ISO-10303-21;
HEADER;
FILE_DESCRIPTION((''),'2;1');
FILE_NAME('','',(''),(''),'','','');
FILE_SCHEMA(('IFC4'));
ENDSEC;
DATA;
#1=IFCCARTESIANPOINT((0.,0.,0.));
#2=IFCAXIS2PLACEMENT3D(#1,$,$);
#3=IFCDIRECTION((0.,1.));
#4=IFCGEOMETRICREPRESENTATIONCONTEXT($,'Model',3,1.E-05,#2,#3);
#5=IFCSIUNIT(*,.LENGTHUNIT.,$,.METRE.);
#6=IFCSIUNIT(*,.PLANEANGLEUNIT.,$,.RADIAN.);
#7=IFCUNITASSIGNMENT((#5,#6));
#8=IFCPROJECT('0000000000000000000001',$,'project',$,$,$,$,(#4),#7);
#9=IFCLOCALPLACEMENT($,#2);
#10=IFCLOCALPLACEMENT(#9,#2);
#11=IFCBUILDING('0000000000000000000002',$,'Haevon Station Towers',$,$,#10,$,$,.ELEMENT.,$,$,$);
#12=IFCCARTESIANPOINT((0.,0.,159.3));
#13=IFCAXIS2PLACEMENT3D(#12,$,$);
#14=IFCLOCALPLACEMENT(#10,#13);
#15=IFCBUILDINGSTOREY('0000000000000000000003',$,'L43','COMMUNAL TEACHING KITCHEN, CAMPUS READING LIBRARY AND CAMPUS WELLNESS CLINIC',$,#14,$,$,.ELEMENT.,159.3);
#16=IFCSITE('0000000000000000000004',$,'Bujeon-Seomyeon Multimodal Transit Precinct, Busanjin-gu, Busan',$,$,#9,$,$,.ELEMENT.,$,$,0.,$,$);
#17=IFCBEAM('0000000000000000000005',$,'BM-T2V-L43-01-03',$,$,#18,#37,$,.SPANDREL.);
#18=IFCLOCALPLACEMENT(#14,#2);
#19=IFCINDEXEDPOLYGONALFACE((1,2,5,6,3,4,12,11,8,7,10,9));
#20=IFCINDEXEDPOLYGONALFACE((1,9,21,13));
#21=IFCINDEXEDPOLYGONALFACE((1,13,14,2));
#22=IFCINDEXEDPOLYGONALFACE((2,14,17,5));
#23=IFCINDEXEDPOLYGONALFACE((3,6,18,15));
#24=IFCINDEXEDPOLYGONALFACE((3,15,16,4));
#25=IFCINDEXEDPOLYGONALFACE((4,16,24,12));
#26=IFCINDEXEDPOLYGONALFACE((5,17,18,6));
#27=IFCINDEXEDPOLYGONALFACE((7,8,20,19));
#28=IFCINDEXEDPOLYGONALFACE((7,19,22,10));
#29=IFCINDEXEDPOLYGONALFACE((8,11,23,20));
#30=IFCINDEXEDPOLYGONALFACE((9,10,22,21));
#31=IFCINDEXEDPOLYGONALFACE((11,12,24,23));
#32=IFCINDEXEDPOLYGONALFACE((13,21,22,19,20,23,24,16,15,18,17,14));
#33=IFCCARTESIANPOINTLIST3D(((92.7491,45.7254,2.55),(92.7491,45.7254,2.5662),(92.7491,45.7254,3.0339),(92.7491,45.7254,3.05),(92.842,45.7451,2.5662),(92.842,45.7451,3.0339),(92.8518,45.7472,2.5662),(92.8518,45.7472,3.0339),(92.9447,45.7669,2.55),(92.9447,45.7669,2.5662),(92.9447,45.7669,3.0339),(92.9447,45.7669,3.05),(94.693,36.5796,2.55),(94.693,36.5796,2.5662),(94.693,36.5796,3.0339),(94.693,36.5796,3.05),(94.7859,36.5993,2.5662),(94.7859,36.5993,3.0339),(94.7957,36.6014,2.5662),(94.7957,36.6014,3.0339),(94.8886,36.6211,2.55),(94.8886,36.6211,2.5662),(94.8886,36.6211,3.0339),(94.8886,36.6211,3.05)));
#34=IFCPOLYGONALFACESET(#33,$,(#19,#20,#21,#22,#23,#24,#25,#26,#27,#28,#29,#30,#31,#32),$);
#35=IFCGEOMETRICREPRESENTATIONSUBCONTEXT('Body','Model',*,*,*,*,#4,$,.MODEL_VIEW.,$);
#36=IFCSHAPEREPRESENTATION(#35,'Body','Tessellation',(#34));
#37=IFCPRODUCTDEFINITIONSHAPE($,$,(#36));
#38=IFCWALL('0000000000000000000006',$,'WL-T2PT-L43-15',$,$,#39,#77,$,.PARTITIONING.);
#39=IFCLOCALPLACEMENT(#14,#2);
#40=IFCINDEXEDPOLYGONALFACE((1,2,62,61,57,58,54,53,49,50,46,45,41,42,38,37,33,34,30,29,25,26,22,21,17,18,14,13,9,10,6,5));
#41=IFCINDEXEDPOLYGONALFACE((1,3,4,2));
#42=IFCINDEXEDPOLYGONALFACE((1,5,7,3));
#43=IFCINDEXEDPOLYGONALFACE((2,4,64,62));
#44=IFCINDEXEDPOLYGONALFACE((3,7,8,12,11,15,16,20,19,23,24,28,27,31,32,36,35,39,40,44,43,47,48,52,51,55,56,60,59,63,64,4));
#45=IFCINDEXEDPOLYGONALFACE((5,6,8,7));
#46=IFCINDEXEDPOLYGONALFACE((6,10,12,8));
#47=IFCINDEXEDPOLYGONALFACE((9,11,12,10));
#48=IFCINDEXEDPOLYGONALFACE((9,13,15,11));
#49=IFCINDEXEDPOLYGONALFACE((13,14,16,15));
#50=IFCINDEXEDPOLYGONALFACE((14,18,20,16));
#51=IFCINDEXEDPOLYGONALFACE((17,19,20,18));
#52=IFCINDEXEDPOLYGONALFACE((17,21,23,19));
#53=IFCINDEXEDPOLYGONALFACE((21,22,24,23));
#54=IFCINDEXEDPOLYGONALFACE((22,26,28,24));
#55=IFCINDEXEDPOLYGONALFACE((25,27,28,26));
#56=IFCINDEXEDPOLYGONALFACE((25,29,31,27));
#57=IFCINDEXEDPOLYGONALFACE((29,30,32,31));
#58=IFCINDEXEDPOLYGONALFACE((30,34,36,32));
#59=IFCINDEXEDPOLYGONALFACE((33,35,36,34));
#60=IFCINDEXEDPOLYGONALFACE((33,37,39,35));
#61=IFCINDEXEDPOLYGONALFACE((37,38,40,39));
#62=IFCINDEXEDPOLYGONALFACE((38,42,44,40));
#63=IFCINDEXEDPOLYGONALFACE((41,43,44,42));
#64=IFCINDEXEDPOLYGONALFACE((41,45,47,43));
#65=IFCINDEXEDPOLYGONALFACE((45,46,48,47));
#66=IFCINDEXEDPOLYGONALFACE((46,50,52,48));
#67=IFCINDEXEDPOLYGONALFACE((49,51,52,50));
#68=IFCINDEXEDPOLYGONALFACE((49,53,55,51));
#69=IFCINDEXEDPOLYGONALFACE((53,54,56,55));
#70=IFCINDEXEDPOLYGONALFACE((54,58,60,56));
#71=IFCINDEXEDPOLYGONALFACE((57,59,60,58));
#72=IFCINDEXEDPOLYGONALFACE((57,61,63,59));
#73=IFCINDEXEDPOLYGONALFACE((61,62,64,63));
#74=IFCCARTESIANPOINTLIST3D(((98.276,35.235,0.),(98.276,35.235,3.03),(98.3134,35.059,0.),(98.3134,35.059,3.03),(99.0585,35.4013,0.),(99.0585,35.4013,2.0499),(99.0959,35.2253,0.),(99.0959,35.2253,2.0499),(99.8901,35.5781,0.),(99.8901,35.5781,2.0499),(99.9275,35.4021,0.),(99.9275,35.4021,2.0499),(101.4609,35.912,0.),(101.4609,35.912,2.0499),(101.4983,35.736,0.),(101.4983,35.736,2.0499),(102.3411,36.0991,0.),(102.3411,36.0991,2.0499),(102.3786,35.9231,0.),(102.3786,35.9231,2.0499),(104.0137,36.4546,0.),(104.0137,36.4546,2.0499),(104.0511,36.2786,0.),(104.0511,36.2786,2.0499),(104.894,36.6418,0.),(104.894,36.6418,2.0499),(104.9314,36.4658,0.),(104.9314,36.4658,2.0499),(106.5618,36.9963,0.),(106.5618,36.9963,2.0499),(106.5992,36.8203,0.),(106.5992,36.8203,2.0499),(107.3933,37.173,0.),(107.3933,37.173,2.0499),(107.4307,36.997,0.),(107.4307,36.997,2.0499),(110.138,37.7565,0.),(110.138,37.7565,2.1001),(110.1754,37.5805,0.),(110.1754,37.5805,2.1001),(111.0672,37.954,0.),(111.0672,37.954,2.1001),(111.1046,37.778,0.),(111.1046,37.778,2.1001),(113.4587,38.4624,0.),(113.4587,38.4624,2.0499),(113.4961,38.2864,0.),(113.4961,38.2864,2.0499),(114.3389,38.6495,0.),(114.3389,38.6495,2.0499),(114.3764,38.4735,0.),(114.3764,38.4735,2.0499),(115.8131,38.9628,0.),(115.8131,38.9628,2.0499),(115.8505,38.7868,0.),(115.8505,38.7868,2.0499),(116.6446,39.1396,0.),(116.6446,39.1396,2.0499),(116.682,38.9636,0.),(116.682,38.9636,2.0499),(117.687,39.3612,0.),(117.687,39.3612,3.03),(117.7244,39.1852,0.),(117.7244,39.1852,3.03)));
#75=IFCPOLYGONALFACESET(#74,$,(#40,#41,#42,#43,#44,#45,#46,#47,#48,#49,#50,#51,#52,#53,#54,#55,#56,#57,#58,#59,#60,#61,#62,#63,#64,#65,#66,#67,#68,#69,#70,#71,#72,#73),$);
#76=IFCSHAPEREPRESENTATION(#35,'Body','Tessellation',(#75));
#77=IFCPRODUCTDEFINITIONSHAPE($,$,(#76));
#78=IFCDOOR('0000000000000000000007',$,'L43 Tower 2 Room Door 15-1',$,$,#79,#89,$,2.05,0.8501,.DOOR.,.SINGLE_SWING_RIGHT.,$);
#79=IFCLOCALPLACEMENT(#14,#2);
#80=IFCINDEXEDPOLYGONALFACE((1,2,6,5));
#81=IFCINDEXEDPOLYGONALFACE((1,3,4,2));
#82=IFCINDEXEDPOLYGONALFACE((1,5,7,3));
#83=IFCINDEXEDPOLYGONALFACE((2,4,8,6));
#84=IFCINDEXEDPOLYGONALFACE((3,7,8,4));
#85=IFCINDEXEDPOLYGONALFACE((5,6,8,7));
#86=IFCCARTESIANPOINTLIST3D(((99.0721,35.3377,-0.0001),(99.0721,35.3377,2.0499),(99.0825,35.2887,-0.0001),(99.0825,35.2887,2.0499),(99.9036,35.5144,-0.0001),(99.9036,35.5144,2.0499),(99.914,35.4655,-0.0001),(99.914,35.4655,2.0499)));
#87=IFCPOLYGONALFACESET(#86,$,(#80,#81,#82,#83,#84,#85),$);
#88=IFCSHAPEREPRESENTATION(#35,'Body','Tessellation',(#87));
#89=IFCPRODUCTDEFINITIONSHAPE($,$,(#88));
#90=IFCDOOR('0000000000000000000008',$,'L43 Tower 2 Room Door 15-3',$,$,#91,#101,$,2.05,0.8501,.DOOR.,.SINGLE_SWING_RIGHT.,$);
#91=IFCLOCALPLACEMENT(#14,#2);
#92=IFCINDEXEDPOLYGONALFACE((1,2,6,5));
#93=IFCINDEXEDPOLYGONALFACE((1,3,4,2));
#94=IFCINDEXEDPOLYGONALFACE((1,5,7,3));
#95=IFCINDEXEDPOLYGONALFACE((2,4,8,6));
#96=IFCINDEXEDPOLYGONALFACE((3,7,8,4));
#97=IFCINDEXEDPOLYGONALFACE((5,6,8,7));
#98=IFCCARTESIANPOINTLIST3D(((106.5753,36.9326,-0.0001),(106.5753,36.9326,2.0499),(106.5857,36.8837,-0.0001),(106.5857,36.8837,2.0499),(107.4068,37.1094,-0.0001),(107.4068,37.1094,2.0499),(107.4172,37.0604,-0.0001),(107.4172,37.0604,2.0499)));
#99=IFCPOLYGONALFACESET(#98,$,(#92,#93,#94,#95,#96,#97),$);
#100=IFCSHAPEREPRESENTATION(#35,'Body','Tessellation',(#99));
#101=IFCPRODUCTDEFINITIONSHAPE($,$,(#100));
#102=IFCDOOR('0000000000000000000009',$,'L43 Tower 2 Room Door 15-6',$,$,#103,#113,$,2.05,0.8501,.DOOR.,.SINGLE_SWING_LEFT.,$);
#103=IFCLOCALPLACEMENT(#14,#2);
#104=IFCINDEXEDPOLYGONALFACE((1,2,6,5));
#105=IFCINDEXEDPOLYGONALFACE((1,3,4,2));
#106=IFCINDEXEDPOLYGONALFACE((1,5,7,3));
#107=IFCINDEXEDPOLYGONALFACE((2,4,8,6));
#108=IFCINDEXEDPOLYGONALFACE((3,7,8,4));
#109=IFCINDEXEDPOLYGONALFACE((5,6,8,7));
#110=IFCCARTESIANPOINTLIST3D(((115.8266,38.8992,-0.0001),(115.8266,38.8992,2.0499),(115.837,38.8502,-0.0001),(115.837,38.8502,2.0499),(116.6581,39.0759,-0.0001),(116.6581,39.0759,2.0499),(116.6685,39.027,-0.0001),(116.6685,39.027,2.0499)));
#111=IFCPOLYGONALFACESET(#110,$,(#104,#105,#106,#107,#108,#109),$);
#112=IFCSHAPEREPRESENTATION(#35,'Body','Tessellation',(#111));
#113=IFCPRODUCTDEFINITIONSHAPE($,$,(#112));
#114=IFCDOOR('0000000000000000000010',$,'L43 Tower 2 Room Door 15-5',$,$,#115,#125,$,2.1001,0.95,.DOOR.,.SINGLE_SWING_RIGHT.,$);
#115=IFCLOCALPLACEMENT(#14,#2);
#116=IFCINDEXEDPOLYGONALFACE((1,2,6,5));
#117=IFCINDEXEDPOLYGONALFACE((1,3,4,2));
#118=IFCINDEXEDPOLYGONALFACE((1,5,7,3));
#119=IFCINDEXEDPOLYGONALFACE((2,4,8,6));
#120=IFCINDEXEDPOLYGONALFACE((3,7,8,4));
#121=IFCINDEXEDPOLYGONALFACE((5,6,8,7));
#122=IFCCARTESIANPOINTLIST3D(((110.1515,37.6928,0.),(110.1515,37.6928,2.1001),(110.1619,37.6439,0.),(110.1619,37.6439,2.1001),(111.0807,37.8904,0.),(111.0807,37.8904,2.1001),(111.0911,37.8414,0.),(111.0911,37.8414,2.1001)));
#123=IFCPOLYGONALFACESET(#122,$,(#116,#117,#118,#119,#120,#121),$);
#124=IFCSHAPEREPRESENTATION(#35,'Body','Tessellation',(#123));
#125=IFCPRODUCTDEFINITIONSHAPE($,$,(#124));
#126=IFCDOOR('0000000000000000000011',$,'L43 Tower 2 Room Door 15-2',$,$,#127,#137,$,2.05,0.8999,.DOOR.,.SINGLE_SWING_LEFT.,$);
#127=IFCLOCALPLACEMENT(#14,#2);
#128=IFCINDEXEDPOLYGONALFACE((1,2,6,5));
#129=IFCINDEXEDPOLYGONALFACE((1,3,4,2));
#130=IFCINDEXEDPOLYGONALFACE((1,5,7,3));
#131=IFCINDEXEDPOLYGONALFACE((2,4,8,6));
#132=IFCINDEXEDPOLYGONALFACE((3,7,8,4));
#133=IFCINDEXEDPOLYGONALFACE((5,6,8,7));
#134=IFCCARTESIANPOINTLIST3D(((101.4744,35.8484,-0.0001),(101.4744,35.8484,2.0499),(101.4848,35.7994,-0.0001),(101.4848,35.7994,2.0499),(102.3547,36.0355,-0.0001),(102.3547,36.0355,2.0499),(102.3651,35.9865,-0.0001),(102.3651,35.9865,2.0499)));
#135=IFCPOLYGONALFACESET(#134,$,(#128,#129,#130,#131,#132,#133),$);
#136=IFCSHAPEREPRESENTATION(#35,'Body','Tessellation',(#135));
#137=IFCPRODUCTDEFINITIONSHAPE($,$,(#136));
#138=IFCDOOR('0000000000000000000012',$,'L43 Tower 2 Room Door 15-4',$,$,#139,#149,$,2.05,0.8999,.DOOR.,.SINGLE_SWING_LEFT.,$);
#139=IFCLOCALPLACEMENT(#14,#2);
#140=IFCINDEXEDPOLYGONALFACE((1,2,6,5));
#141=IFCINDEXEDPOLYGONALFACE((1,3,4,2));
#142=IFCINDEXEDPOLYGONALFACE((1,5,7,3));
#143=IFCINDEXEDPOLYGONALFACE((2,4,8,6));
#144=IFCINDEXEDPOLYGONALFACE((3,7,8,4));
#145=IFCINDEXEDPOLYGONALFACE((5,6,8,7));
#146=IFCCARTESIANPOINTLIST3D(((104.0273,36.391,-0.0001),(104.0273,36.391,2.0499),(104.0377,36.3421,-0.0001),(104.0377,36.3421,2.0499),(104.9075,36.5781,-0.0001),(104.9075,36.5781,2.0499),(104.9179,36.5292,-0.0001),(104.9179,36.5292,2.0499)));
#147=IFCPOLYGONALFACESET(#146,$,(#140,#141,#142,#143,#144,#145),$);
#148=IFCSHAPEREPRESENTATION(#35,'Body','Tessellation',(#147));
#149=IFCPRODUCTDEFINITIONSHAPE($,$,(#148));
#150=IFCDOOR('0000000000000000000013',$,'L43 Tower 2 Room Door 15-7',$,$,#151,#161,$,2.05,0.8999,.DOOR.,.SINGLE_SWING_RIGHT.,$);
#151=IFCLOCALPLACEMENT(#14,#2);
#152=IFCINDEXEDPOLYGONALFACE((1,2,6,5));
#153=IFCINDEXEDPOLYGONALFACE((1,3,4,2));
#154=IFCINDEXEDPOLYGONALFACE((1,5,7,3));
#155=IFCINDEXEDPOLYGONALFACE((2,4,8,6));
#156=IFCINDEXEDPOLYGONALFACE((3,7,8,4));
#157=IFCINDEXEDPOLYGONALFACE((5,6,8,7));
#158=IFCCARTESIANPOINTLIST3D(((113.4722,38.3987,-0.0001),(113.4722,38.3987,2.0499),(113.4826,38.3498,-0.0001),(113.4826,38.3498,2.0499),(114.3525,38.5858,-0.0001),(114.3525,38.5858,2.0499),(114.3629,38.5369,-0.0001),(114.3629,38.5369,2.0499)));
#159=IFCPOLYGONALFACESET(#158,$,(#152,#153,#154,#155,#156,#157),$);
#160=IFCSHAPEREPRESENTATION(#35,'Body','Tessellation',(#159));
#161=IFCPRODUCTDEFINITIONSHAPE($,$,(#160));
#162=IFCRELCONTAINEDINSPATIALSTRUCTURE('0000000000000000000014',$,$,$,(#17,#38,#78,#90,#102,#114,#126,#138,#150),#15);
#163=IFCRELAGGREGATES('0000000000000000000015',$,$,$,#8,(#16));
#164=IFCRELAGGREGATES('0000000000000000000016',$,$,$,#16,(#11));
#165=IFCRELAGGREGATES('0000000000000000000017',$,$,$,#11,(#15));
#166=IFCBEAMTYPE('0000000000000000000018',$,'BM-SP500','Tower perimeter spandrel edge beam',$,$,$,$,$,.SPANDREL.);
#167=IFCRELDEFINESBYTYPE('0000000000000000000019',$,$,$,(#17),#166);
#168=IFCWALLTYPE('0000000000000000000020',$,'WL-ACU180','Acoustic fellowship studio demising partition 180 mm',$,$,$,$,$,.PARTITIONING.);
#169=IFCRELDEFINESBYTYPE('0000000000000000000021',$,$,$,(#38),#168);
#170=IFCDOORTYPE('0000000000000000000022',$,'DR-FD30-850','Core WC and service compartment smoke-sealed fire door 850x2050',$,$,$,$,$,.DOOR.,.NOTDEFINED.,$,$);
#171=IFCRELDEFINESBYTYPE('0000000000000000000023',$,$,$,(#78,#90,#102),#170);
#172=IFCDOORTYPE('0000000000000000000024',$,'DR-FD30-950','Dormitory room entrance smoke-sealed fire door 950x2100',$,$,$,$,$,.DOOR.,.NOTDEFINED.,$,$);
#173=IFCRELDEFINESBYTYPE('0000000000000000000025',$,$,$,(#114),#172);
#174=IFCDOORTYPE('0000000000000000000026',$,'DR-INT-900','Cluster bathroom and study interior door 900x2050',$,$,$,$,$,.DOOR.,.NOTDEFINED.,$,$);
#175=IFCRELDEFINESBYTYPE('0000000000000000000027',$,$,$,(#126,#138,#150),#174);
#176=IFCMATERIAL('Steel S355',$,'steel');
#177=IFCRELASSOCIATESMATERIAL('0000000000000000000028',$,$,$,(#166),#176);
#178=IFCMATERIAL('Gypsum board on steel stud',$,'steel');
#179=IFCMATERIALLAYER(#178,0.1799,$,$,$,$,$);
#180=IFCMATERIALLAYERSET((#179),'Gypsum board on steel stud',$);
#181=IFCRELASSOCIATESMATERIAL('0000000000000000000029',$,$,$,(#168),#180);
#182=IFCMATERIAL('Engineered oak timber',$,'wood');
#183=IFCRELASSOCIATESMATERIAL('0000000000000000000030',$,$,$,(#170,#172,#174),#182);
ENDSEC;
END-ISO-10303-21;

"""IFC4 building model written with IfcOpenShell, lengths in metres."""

from ifc_helpers import new_model, si_unit, direction, frame, frame_2d, origin, origin_2d, place, context, subcontext, project, spatial, rectangle, i_section, extrude, material, layer, layer_set, material_profile, profile_set, type_object, element, fill, save


model = new_model("IFC4")

# Units and contexts
model_context = context("Model", 3, precision=1e-05, world=origin(), true_north=direction((0.0, 1.0)))
body_context = subcontext(model_context, "Body", "Model", "MODEL_VIEW")
ifc_project = project(units=[si_unit("LENGTHUNIT", "METRE"), si_unit("PLANEANGLEUNIT", "RADIAN")], contexts=[model_context])

# Site, building, storey
site_placement = place(None, origin())
site = spatial("IfcSite", under=ifc_project, at=site_placement, Name="Bujeon-Seomyeon Multimodal Transit Precinct, Busanjin-gu, Busan", CompositionType="ELEMENT", RefElevation=0.0)
building_placement = place(site_placement, origin())
building = spatial("IfcBuilding", under=site, at=building_placement, Name="Haevon Station Towers", CompositionType="ELEMENT")
storey_placement = place(building_placement, frame((0.0, 0.0, 159.3)))
storey = spatial("IfcBuildingStorey", under=building, at=storey_placement, Name="L43", Description="COMMUNAL TEACHING KITCHEN, CAMPUS READING LIBRARY AND CAMPUS WELLNESS CLINIC", CompositionType="ELEMENT", Elevation=159.3)

# Shared definitions
ifc_material_1 = material(Name="Steel S355", Category="steel")

# Beam
ifc_material_profile_1 = material_profile(ifc_material_1, i_section(OverallWidth=0.2, OverallDepth=0.5, WebThickness=0.01, FlangeThickness=0.0161, at=origin_2d()), Name="H-500x200x10x16")
ifc_profile_set_1 = profile_set([ifc_material_profile_1], Name="Steel S355")
beam_type_1 = type_object("IfcBeamType", Name="BM-SP500", Description="Tower perimeter spandrel edge beam", PredefinedType="SPANDREL", material=ifc_profile_set_1)
beam_1_placement = place(storey_placement, frame((94.7908, 36.6003, 2.8), z_axis=(-0.207897, 0.978151, 0.0), x_axis=(-0.978151, -0.207897, 0.0)))
element("IfcBeam", 1, at=beam_1_placement, inside=storey, type_object=beam_type_1, Name="BM-T2V-L43-01-03", PredefinedType="SPANDREL", context=body_context, shape_type="SweptSolid", body=[
    extrude(i_section(OverallWidth=0.2, OverallDepth=0.5, WebThickness=0.01, FlangeThickness=0.0161, at=origin_2d()), origin(), (0.0, 0.0, 1.0), 9.3501),
])

# Wall, openings, doors
ifc_material_2 = material(Name="Gypsum board on steel stud", Category="steel")
ifc_layer_1 = layer(ifc_material_2, 0.1799)
ifc_layer_set_1 = layer_set([ifc_layer_1], Name="Gypsum board on steel stud")
wall_type_1 = type_object("IfcWallType", Name="WL-ACU180", Description="Acoustic fellowship studio demising partition 180 mm", PredefinedType="PARTITIONING", material=ifc_layer_set_1)
wall_1_placement = place(storey_placement, frame((98.2947, 35.147, 0.0), z_axis=(0.0, 0.0, 1.0), x_axis=(0.978145, 0.207924, 0.0)))
wall_1 = element("IfcWall", 2, at=wall_1_placement, inside=storey, type_object=wall_type_1, Name="WL-T2PT-L43-15", PredefinedType="PARTITIONING", context=body_context, shape_type="SweptSolid", body=[
    extrude(rectangle(XDim=19.8447, YDim=0.1799, at=frame_2d((9.9224, 0.0))), origin(), (0.0, 0.0, 1.0), 3.03),
])
opening_1_placement = place(wall_1_placement, frame((0.8, 0.0, 0.0)))
opening_1 = element("IfcOpeningElement", 3, at=opening_1_placement, cuts=wall_1, PredefinedType="OPENING", context=body_context, shape_type="SweptSolid", body=[
    extrude(rectangle(XDim=0.8501, YDim=2.05, at=frame_2d((0.425, 1.0249))), frame((0.0, 0.0999, 0.0), z_axis=(0.0, -1.0, 0.0), x_axis=(1.0, 0.0, 0.0)), (0.0, 0.0, 1.0), 0.2),
])
opening_2_placement = place(wall_1_placement, frame((3.2561, 0.0, 0.0)))
opening_2 = element("IfcOpeningElement", 4, at=opening_2_placement, cuts=wall_1, PredefinedType="OPENING", context=body_context, shape_type="SweptSolid", body=[
    extrude(rectangle(XDim=0.8999, YDim=2.05, at=frame_2d((0.45, 1.0249))), frame((0.0, 0.0999, 0.0), z_axis=(0.0, -1.0, 0.0), x_axis=(1.0, 0.0, 0.0)), (0.0, 0.0, 1.0), 0.2),
])
opening_3_placement = place(wall_1_placement, frame((8.4709, 0.0, 0.0)))
opening_3 = element("IfcOpeningElement", 5, at=opening_3_placement, cuts=wall_1, PredefinedType="OPENING", context=body_context, shape_type="SweptSolid", body=[
    extrude(rectangle(XDim=0.8501, YDim=2.05, at=frame_2d((0.425, 1.0249))), frame((0.0, 0.0999, 0.0), z_axis=(0.0, -1.0, 0.0), x_axis=(1.0, 0.0, 0.0)), (0.0, 0.0, 1.0), 0.2),
])
opening_4_placement = place(wall_1_placement, frame((5.866, 0.0, 0.0)))
opening_4 = element("IfcOpeningElement", 6, at=opening_4_placement, cuts=wall_1, PredefinedType="OPENING", context=body_context, shape_type="SweptSolid", body=[
    extrude(rectangle(XDim=0.8999, YDim=2.05, at=frame_2d((0.45, 1.0249))), frame((0.0, 0.0999, 0.0), z_axis=(0.0, -1.0, 0.0), x_axis=(1.0, 0.0, 0.0)), (0.0, 0.0, 1.0), 0.2),
])
opening_5_placement = place(wall_1_placement, frame((12.127, 0.0, 0.0)))
opening_5 = element("IfcOpeningElement", 7, at=opening_5_placement, cuts=wall_1, PredefinedType="OPENING", context=body_context, shape_type="SweptSolid", body=[
    extrude(rectangle(XDim=0.95, YDim=2.1001, at=frame_2d((0.4751, 1.05))), frame((0.0, 0.0999, 0.0), z_axis=(0.0, -1.0, 0.0), x_axis=(1.0, 0.0, 0.0)), (0.0, 0.0, 1.0), 0.2),
])
opening_6_placement = place(wall_1_placement, frame((17.929, 0.0, 0.0)))
opening_6 = element("IfcOpeningElement", 8, at=opening_6_placement, cuts=wall_1, PredefinedType="OPENING", context=body_context, shape_type="SweptSolid", body=[
    extrude(rectangle(XDim=0.8501, YDim=2.05, at=frame_2d((0.425, 1.0249))), frame((0.0, 0.0999, 0.0), z_axis=(0.0, -1.0, 0.0), x_axis=(1.0, 0.0, 0.0)), (0.0, 0.0, 1.0), 0.2),
])
opening_7_placement = place(wall_1_placement, frame((15.522, 0.0, 0.0)))
opening_7 = element("IfcOpeningElement", 9, at=opening_7_placement, cuts=wall_1, PredefinedType="OPENING", context=body_context, shape_type="SweptSolid", body=[
    extrude(rectangle(XDim=0.8999, YDim=2.05, at=frame_2d((0.45, 1.0249))), frame((0.0, 0.0999, 0.0), z_axis=(0.0, -1.0, 0.0), x_axis=(1.0, 0.0, 0.0)), (0.0, 0.0, 1.0), 0.2),
])
ifc_material_3 = material(Name="Engineered oak timber", Category="wood")
door_type_1 = type_object("IfcDoorType", Name="DR-FD30-850", Description="Core WC and service compartment smoke-sealed fire door 850x2050", OperationType="NOTDEFINED", PredefinedType="DOOR", material=ifc_material_3)
door_1_placement = place(opening_1_placement, origin())
door_1 = element("IfcDoor", 10, at=door_1_placement, inside=storey, type_object=door_type_1, Name="L43 Tower 2 Room Door 15-1", OperationType="SINGLE_SWING_RIGHT", OverallHeight=2.05, OverallWidth=0.8501, PredefinedType="DOOR", context=body_context, shape_type="SweptSolid", body=[
    extrude(rectangle(XDim=0.8501, YDim=2.05, at=frame_2d((0.425, 1.0249))), frame((0.0, 0.0249, 0.0), z_axis=(0.0, -1.0, 0.0), x_axis=(1.0, 0.0, 0.0)), (0.0, 0.0, 1.0), 0.05),
])
fill(opening_1, door_1)
door_2_placement = place(opening_3_placement, origin())
door_2 = element("IfcDoor", 11, at=door_2_placement, inside=storey, type_object=door_type_1, Name="L43 Tower 2 Room Door 15-3", OperationType="SINGLE_SWING_RIGHT", OverallHeight=2.05, OverallWidth=0.8501, PredefinedType="DOOR", context=body_context, shape_type="SweptSolid", body=[
    extrude(rectangle(XDim=0.8501, YDim=2.05, at=frame_2d((0.425, 1.0249))), frame((0.0, 0.0249, 0.0), z_axis=(0.0, -1.0, 0.0), x_axis=(1.0, 0.0, 0.0)), (0.0, 0.0, 1.0), 0.05),
])
fill(opening_3, door_2)
door_3_placement = place(opening_6_placement, origin())
door_3 = element("IfcDoor", 12, at=door_3_placement, inside=storey, type_object=door_type_1, Name="L43 Tower 2 Room Door 15-6", OperationType="SINGLE_SWING_LEFT", OverallHeight=2.05, OverallWidth=0.8501, PredefinedType="DOOR", context=body_context, shape_type="SweptSolid", body=[
    extrude(rectangle(XDim=0.8501, YDim=2.05, at=frame_2d((0.425, 1.0249))), frame((0.0, 0.0249, 0.0), z_axis=(0.0, -1.0, 0.0), x_axis=(1.0, 0.0, 0.0)), (0.0, 0.0, 1.0), 0.05),
])
fill(opening_6, door_3)
door_type_2 = type_object("IfcDoorType", Name="DR-FD30-950", Description="Dormitory room entrance smoke-sealed fire door 950x2100", OperationType="NOTDEFINED", PredefinedType="DOOR", material=ifc_material_3)
door_4_placement = place(opening_5_placement, origin())
door_4 = element("IfcDoor", 13, at=door_4_placement, inside=storey, type_object=door_type_2, Name="L43 Tower 2 Room Door 15-5", OperationType="SINGLE_SWING_RIGHT", OverallHeight=2.1001, OverallWidth=0.95, PredefinedType="DOOR", context=body_context, shape_type="SweptSolid", body=[
    extrude(rectangle(XDim=0.95, YDim=2.1001, at=frame_2d((0.4751, 1.05))), frame((0.0, 0.0249, 0.0), z_axis=(0.0, -1.0, 0.0), x_axis=(1.0, 0.0, 0.0)), (0.0, 0.0, 1.0), 0.05),
])
fill(opening_5, door_4)
door_type_3 = type_object("IfcDoorType", Name="DR-INT-900", Description="Cluster bathroom and study interior door 900x2050", OperationType="NOTDEFINED", PredefinedType="DOOR", material=ifc_material_3)
door_5_placement = place(opening_2_placement, origin())
door_5 = element("IfcDoor", 14, at=door_5_placement, inside=storey, type_object=door_type_3, Name="L43 Tower 2 Room Door 15-2", OperationType="SINGLE_SWING_LEFT", OverallHeight=2.05, OverallWidth=0.8999, PredefinedType="DOOR", context=body_context, shape_type="SweptSolid", body=[
    extrude(rectangle(XDim=0.8999, YDim=2.05, at=frame_2d((0.45, 1.0249))), frame((0.0, 0.0249, 0.0), z_axis=(0.0, -1.0, 0.0), x_axis=(1.0, 0.0, 0.0)), (0.0, 0.0, 1.0), 0.05),
])
fill(opening_2, door_5)
door_6_placement = place(opening_4_placement, origin())
door_6 = element("IfcDoor", 15, at=door_6_placement, inside=storey, type_object=door_type_3, Name="L43 Tower 2 Room Door 15-4", OperationType="SINGLE_SWING_LEFT", OverallHeight=2.05, OverallWidth=0.8999, PredefinedType="DOOR", context=body_context, shape_type="SweptSolid", body=[
    extrude(rectangle(XDim=0.8999, YDim=2.05, at=frame_2d((0.45, 1.0249))), frame((0.0, 0.0249, 0.0), z_axis=(0.0, -1.0, 0.0), x_axis=(1.0, 0.0, 0.0)), (0.0, 0.0, 1.0), 0.05),
])
fill(opening_4, door_6)
door_7_placement = place(opening_7_placement, origin())
door_7 = element("IfcDoor", 16, at=door_7_placement, inside=storey, type_object=door_type_3, Name="L43 Tower 2 Room Door 15-7", OperationType="SINGLE_SWING_RIGHT", OverallHeight=2.05, OverallWidth=0.8999, PredefinedType="DOOR", context=body_context, shape_type="SweptSolid", body=[
    extrude(rectangle(XDim=0.8999, YDim=2.05, at=frame_2d((0.45, 1.0249))), frame((0.0, 0.0249, 0.0), z_axis=(0.0, -1.0, 0.0), x_axis=(1.0, 0.0, 0.0)), (0.0, 0.0, 1.0), 0.05),
])
fill(opening_7, door_7)

save(model, "model.ifc")
